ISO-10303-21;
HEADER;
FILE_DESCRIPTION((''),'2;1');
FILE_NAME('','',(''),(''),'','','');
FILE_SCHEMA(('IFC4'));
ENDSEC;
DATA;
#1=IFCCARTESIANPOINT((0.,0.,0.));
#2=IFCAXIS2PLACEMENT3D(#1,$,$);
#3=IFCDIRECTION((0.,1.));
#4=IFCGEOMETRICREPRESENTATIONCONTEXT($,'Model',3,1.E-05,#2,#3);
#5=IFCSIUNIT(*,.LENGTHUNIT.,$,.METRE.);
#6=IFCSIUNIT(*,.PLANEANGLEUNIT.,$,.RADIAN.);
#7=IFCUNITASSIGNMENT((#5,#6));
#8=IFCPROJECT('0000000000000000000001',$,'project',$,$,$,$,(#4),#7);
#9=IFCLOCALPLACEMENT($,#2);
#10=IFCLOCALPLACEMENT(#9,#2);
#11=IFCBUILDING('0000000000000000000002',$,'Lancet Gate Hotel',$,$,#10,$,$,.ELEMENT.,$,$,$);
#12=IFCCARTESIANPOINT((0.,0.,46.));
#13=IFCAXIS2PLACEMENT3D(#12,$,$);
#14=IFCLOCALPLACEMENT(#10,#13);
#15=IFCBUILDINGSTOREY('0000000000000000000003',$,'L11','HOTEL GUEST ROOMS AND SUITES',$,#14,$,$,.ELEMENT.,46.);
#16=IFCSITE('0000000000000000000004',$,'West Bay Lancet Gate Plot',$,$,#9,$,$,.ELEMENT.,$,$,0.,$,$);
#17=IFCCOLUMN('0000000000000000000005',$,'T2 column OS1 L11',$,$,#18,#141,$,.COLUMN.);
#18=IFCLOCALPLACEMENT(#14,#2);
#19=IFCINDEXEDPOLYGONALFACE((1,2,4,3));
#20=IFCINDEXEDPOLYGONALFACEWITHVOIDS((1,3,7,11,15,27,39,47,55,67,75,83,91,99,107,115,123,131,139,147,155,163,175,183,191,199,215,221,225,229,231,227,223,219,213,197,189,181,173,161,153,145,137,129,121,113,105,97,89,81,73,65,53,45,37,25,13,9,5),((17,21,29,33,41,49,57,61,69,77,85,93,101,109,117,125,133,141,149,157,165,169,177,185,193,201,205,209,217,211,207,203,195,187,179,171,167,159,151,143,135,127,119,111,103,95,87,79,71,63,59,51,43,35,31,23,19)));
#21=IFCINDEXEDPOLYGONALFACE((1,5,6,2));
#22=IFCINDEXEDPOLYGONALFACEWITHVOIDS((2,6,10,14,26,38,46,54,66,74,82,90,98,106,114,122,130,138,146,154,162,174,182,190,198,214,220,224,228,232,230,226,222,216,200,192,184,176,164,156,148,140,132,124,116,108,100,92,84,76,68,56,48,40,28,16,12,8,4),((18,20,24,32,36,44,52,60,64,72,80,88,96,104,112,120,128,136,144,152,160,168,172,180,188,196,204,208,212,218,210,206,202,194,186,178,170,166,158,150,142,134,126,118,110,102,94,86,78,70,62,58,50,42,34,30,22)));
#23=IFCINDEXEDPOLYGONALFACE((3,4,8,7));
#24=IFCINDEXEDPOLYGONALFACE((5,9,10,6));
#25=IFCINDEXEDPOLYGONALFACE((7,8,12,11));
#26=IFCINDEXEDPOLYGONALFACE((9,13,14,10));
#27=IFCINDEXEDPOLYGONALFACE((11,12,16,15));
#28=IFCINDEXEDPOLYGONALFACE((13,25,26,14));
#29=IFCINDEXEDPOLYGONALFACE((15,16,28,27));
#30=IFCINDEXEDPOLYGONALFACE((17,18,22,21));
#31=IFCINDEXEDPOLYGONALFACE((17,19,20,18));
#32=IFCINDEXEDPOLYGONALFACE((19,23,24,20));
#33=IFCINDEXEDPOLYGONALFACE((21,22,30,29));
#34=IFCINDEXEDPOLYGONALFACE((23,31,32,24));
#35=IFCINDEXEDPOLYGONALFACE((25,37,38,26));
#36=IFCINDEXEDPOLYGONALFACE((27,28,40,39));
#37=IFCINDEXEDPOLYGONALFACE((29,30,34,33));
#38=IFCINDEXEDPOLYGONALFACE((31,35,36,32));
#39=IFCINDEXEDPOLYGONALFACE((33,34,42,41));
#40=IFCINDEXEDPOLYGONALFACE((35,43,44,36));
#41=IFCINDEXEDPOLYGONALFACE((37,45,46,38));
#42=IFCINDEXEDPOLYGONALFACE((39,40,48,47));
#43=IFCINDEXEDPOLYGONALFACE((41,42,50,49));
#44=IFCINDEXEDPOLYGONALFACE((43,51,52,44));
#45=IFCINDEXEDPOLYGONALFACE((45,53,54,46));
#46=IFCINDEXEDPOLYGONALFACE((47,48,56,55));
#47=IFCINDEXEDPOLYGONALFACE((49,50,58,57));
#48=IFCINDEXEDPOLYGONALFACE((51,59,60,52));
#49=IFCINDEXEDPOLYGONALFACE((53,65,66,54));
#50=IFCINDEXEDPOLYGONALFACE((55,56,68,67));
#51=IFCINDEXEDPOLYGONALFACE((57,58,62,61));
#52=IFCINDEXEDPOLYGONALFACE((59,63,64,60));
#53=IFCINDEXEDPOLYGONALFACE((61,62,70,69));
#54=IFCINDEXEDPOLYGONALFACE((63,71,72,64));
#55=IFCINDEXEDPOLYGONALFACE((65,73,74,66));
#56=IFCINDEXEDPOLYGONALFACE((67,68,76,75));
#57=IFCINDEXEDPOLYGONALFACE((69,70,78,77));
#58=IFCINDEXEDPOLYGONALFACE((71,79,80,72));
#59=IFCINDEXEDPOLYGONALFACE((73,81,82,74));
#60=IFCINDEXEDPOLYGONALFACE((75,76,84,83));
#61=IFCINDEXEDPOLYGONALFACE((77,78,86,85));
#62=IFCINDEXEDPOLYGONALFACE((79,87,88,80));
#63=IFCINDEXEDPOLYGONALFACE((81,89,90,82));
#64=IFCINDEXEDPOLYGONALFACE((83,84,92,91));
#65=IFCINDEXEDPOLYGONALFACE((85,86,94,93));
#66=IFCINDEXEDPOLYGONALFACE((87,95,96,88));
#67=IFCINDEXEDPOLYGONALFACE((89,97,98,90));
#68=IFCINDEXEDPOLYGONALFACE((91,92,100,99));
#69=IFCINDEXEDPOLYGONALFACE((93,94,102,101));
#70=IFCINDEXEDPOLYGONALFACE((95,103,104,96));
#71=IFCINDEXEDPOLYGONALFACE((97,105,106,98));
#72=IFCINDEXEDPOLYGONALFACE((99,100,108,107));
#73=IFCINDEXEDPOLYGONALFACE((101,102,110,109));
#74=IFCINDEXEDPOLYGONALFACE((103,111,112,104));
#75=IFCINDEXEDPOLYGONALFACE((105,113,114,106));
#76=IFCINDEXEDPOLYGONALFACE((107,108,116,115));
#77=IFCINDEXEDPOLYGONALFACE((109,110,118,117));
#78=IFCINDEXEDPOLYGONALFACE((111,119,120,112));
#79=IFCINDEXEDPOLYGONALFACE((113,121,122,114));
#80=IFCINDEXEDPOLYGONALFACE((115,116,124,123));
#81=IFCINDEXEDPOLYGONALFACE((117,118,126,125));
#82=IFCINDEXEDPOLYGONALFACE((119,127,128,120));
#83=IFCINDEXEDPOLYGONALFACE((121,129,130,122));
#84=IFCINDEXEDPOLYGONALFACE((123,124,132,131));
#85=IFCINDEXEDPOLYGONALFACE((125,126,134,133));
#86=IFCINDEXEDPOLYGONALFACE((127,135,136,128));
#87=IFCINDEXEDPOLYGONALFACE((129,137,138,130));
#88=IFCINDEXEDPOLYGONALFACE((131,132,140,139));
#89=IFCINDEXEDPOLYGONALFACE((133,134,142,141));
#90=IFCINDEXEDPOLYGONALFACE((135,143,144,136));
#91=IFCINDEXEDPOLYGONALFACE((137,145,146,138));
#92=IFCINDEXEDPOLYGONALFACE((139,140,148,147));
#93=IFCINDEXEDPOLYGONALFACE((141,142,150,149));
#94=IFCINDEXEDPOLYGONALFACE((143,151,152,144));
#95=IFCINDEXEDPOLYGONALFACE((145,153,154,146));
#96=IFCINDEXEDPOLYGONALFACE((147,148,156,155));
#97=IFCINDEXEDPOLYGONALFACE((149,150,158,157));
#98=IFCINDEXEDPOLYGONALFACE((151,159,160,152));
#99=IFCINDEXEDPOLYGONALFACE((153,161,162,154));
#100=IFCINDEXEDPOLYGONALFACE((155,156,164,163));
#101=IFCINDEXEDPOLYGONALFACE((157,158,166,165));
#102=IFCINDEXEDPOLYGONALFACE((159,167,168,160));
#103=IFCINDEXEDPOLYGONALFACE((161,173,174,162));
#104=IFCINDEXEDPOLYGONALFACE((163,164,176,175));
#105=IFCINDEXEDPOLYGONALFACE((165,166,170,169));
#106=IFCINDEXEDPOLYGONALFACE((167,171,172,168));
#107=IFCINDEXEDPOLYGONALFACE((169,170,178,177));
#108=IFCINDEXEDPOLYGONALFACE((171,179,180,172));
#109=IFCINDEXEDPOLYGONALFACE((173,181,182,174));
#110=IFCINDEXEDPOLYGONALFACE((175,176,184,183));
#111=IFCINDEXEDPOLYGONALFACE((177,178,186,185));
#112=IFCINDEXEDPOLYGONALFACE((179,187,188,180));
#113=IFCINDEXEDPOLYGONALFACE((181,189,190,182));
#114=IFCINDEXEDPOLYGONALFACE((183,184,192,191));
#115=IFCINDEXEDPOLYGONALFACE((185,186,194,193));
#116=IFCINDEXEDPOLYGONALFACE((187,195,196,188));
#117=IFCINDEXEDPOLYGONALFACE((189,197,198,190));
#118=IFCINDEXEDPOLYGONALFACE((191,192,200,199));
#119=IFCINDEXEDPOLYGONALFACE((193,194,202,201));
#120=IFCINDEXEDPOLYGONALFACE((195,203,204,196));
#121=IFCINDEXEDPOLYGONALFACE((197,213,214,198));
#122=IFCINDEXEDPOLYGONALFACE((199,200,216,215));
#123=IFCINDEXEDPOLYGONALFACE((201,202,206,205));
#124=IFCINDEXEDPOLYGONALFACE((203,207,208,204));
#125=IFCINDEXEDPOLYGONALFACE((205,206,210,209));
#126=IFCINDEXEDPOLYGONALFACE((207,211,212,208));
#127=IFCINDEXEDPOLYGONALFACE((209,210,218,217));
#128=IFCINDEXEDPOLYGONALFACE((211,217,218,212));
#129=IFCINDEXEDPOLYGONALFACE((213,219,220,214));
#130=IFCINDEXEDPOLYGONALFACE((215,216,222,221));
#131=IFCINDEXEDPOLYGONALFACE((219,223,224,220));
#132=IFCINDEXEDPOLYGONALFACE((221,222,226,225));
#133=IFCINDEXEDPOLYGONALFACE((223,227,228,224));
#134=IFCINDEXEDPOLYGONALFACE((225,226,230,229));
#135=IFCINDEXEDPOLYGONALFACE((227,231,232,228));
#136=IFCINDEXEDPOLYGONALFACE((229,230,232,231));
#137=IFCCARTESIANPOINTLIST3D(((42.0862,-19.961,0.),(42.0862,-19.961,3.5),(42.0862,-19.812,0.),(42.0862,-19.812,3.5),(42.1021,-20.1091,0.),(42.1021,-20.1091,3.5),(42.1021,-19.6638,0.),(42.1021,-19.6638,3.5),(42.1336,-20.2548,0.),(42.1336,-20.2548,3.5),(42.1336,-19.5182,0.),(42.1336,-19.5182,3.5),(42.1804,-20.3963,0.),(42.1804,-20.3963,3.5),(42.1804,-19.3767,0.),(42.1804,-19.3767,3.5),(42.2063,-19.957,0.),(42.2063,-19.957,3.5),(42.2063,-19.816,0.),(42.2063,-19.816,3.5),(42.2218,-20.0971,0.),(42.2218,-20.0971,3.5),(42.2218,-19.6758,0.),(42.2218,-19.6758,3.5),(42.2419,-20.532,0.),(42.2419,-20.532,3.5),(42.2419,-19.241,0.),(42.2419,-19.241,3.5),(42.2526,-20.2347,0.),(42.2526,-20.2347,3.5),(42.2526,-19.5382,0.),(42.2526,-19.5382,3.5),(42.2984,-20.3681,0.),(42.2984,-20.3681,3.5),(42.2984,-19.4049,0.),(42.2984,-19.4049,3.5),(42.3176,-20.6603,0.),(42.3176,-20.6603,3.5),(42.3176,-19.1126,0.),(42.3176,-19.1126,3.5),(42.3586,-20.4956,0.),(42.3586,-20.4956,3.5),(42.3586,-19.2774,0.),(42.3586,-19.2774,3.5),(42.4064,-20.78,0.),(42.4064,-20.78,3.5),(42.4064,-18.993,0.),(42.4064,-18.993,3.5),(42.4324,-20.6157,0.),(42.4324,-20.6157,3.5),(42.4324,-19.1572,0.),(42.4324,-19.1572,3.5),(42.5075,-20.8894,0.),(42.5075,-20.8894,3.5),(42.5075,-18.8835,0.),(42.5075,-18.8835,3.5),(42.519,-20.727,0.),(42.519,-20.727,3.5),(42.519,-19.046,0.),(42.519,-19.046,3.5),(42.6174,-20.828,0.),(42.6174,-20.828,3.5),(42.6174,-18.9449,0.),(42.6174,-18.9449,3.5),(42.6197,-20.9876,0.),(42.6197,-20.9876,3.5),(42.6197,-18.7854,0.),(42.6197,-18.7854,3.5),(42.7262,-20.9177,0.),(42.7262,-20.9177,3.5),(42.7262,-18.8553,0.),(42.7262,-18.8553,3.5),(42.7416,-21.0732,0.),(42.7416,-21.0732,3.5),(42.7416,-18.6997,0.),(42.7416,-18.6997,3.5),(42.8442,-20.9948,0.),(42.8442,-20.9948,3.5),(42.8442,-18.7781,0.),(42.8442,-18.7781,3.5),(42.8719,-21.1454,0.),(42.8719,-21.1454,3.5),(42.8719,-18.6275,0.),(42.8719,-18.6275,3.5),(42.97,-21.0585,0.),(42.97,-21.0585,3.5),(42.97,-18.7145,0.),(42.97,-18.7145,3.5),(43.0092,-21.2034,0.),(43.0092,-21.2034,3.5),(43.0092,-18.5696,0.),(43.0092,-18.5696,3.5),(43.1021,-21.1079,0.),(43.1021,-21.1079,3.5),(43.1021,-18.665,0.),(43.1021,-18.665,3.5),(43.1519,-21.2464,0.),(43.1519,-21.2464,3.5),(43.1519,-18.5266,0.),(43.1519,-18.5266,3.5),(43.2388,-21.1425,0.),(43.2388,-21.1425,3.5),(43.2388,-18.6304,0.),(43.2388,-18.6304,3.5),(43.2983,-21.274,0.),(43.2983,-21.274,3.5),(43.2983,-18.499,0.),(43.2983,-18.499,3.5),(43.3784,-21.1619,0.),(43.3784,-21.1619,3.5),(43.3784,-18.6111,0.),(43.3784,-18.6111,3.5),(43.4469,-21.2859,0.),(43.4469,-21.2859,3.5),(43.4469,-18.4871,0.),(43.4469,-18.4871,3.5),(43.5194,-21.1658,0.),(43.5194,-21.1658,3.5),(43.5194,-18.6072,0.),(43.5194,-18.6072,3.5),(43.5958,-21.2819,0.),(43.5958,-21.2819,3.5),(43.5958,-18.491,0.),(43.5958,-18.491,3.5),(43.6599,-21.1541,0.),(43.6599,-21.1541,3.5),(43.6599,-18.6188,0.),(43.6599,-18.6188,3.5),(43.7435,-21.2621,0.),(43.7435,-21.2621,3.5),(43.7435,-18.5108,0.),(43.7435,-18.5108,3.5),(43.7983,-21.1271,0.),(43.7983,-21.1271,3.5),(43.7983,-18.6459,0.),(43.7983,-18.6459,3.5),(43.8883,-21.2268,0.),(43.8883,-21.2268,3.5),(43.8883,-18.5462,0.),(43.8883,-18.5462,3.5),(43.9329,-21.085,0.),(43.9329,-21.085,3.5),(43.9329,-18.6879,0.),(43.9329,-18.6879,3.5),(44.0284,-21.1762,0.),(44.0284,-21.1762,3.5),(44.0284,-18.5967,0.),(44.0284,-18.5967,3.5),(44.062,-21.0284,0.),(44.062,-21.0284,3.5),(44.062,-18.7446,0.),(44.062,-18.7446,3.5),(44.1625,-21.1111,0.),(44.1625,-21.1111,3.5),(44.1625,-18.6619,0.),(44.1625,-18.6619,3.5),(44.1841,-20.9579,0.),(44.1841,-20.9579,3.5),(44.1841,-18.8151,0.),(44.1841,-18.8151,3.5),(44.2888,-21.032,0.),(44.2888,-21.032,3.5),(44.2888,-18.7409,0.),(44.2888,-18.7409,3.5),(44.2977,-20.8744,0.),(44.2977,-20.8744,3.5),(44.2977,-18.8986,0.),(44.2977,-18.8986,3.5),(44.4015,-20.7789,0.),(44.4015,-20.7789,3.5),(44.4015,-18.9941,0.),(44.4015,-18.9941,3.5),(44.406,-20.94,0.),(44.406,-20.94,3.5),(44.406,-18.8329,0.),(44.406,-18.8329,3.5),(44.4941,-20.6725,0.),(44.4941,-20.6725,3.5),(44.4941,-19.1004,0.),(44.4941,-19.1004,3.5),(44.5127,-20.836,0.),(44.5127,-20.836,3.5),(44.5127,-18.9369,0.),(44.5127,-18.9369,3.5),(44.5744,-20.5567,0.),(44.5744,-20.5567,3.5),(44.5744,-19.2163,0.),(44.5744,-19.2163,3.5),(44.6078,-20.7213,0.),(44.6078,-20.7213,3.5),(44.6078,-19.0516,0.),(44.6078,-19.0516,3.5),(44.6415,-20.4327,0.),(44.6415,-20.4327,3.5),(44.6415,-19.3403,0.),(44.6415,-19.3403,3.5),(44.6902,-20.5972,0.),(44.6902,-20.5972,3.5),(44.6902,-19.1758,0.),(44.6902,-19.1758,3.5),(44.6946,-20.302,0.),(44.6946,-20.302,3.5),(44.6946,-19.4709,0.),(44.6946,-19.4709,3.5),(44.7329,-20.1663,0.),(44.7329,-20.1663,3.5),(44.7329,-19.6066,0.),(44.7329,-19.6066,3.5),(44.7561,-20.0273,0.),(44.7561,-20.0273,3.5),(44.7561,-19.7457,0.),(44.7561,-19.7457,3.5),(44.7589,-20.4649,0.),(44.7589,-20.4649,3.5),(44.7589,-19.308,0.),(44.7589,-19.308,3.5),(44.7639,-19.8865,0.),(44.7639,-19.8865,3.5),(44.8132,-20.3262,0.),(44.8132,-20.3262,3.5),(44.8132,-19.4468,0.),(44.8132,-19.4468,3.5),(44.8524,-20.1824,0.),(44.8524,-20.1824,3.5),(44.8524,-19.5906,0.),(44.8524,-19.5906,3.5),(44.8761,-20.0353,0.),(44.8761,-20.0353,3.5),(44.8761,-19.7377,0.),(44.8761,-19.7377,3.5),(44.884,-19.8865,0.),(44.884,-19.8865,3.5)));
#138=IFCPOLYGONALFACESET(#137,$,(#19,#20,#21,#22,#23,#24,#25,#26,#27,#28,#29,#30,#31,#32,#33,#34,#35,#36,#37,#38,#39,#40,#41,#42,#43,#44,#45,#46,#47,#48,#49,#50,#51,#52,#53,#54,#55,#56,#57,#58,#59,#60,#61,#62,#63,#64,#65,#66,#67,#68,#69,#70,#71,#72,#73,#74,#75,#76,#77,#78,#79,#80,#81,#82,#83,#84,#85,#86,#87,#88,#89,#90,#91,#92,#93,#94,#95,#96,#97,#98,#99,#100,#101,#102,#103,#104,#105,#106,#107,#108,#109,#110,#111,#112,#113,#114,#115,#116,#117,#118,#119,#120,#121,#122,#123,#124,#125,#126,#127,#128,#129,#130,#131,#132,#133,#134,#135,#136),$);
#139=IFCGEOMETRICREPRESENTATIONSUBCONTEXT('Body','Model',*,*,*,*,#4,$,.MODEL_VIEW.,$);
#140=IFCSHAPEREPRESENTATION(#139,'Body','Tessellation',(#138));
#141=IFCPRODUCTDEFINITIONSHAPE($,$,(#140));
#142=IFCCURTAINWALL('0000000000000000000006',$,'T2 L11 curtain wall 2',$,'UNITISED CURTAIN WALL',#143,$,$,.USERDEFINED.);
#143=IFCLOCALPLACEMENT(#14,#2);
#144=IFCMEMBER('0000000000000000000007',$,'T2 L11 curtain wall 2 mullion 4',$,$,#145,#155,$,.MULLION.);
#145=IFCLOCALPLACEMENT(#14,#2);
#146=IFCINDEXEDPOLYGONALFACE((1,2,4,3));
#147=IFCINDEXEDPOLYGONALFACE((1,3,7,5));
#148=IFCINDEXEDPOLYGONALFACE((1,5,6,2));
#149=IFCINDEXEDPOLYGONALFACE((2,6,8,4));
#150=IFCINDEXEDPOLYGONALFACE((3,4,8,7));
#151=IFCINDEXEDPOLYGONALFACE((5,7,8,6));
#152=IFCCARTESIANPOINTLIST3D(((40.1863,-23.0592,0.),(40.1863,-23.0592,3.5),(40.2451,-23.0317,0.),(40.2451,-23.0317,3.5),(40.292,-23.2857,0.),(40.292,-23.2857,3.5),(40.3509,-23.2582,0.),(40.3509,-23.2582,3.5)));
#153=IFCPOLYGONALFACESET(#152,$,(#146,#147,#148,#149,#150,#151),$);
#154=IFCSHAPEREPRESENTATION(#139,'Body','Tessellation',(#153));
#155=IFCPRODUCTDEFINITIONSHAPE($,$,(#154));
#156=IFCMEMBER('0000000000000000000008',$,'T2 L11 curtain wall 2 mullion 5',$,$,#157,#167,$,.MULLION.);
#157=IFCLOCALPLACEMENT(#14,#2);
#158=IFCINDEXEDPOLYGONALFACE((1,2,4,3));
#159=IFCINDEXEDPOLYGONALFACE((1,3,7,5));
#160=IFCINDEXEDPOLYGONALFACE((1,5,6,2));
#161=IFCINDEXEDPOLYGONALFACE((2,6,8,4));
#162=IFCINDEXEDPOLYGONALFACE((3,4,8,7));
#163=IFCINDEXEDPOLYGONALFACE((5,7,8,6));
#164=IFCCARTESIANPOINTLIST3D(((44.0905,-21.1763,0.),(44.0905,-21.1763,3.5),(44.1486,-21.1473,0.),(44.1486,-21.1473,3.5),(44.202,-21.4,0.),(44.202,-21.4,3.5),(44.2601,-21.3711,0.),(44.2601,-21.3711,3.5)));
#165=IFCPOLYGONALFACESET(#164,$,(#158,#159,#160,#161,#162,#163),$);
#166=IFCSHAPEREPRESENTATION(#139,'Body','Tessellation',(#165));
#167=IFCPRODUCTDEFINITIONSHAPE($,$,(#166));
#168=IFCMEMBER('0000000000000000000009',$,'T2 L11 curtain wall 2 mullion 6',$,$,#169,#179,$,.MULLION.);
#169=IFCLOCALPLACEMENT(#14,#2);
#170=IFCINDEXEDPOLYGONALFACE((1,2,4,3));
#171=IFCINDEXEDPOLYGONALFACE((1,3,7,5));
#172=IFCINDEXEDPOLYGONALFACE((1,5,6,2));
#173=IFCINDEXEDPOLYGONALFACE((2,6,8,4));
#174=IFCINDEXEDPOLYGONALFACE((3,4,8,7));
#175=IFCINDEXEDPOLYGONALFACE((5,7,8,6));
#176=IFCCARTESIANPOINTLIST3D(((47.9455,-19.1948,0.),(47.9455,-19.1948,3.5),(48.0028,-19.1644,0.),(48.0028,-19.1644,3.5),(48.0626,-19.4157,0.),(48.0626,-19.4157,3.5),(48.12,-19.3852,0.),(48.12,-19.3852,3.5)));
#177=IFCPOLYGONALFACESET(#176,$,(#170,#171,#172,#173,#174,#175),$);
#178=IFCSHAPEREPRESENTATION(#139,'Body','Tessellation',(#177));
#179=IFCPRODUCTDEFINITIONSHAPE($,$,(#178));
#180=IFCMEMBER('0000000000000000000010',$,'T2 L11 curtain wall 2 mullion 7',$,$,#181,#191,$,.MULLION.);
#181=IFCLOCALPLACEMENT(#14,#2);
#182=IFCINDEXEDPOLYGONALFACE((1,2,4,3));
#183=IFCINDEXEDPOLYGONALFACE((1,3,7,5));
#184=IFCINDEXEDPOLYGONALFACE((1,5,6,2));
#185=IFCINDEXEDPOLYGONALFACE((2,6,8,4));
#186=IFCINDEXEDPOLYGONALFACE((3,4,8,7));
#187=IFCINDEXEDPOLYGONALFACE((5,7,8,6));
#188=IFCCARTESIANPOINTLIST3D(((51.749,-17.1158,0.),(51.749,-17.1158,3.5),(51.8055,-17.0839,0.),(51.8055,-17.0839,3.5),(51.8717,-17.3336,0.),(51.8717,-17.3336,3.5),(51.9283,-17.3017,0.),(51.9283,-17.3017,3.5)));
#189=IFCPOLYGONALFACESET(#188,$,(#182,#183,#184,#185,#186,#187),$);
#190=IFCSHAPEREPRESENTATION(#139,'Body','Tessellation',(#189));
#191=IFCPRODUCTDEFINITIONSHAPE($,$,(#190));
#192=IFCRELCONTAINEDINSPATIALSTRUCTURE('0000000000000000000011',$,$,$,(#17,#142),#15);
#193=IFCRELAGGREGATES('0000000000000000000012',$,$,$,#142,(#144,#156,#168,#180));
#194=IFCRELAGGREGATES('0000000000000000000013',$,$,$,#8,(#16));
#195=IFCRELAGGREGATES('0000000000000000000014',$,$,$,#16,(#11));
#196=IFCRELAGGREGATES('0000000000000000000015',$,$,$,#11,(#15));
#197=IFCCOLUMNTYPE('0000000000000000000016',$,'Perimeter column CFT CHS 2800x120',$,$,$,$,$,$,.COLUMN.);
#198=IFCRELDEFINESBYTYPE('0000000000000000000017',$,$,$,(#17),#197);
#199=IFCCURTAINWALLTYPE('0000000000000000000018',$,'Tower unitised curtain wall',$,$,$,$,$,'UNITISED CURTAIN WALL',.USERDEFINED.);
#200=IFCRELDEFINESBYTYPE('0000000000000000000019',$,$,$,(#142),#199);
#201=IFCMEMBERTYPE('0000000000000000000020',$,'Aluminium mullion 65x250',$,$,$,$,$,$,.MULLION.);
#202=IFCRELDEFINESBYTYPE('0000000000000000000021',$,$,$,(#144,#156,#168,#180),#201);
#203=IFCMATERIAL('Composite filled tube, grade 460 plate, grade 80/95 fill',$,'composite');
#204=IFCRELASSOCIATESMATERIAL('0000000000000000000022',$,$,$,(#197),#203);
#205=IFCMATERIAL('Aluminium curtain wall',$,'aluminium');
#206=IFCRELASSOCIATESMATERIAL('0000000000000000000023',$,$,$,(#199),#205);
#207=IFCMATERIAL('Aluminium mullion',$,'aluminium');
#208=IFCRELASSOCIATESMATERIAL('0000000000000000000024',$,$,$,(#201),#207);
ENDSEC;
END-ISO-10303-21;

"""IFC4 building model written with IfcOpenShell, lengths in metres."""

from ifc_helpers import new_model, si_unit, direction, frame, origin, origin_2d, place, context, subcontext, project, spatial, rectangle, hollow_circle, extrude, material, material_profile, profile_set, type_object, element, aggregate, save


model = new_model("IFC4")

# Units and contexts
model_context = context("Model", 3, precision=1e-05, world=origin(), true_north=direction((0.0, 1.0)))
body_context = subcontext(model_context, "Body", "Model", "MODEL_VIEW")
ifc_project = project(units=[si_unit("LENGTHUNIT", "METRE"), si_unit("PLANEANGLEUNIT", "RADIAN")], contexts=[model_context])

# Site, building, storey
site_placement = place(None, origin())
site = spatial("IfcSite", under=ifc_project, at=site_placement, Name="West Bay Lancet Gate Plot", CompositionType="ELEMENT", RefElevation=0.0)
building_placement = place(site_placement, origin())
building = spatial("IfcBuilding", under=site, at=building_placement, Name="Lancet Gate Hotel", CompositionType="ELEMENT")
storey_placement = place(building_placement, frame((0.0, 0.0, 46.0)))
storey = spatial("IfcBuildingStorey", under=building, at=storey_placement, Name="L11", Description="HOTEL GUEST ROOMS AND SUITES", CompositionType="ELEMENT", Elevation=46.0)

# Column
ifc_material_1 = material(Name="Composite filled tube, grade 460 plate, grade 80/95 fill", Category="composite")
ifc_material_profile_1 = material_profile(ifc_material_1, hollow_circle(Radius=1.3999, WallThickness=0.1201, at=origin_2d()), Name="CHS 2800x120")
ifc_profile_set_1 = profile_set([ifc_material_profile_1], Name="Composite filled tube, grade 460 plate, grade 80/95 fill")
column_type = type_object("IfcColumnType", Name="Perimeter column CFT CHS 2800x120", PredefinedType="COLUMN", material=ifc_profile_set_1)
column_placement = place(storey_placement, frame((43.4841, -19.8865, 0.0), z_axis=(0.0, 0.0, 1.0), x_axis=(1.0, 0.0, 0.0)))
element("IfcColumn", 1, at=column_placement, inside=storey, type_object=column_type, Name="T2 column OS1 L11", PredefinedType="COLUMN", context=body_context, shape_type="SweptSolid", body=[
    extrude(hollow_circle(Radius=1.3999, WallThickness=0.1201, at=origin_2d()), origin(), (0.0, 0.0, 1.0), 3.5),
])

# Curtain wall, members
ifc_material_2 = material(Name="Aluminium curtain wall", Category="aluminium")
curtain_wall_type = type_object("IfcCurtainWallType", Name="Tower unitised curtain wall", ElementType="UNITISED CURTAIN WALL", PredefinedType="USERDEFINED", material=ifc_material_2)
curtain_wall_placement = place(storey_placement, origin())
curtain_wall = element("IfcCurtainWall", 2, at=curtain_wall_placement, inside=storey, type_object=curtain_wall_type, Name="T2 L11 curtain wall 2", ObjectType="UNITISED CURTAIN WALL", PredefinedType="USERDEFINED")
ifc_material_3 = material(Name="Aluminium mullion", Category="aluminium")
ifc_material_profile_2 = material_profile(ifc_material_3, rectangle(XDim=0.0649, YDim=0.25, at=origin_2d()), Name="MULLION 65x250")
ifc_profile_set_2 = profile_set([ifc_material_profile_2], Name="Aluminium mullion")
member_type_1 = type_object("IfcMemberType", Name="Aluminium mullion 65x250", PredefinedType="MULLION", material=ifc_profile_set_2)
member_1_placement = place(storey_placement, frame((40.2686, -23.1587, 0.0), z_axis=(0.0, 0.0, 1.0), x_axis=(0.906105, 0.423053, 0.0)))
member_1 = element("IfcMember", 3, at=member_1_placement, type_object=member_type_1, Name="T2 L11 curtain wall 2 mullion 4", PredefinedType="MULLION", context=body_context, shape_type="SweptSolid", body=[
    extrude(rectangle(XDim=0.0649, YDim=0.25, at=origin_2d()), origin(), (0.0, 0.0, 1.0), 3.5),
])
member_2_placement = place(storey_placement, frame((44.1753, -21.2737, 0.0), z_axis=(0.0, 0.0, 1.0), x_axis=(0.895044, 0.445978, 0.0)))
member_2 = element("IfcMember", 4, at=member_2_placement, type_object=member_type_1, Name="T2 L11 curtain wall 2 mullion 5", PredefinedType="MULLION", context=body_context, shape_type="SweptSolid", body=[
    extrude(rectangle(XDim=0.0649, YDim=0.25, at=origin_2d()), origin(), (0.0, 0.0, 1.0), 3.5),
])
member_3_placement = place(storey_placement, frame((48.0327, -19.29, 0.0), z_axis=(0.0, 0.0, 1.0), x_axis=(0.883403, 0.468613, 0.0)))
member_3 = element("IfcMember", 5, at=member_3_placement, type_object=member_type_1, Name="T2 L11 curtain wall 2 mullion 6", PredefinedType="MULLION", context=body_context, shape_type="SweptSolid", body=[
    extrude(rectangle(XDim=0.0649, YDim=0.25, at=origin_2d()), origin(), (0.0, 0.0, 1.0), 3.5),
])
member_4_placement = place(storey_placement, frame((51.8386, -17.2087, 0.0), z_axis=(0.0, 0.0, 1.0), x_axis=(0.87119, 0.490945, 0.0)))
member_4 = element("IfcMember", 6, at=member_4_placement, type_object=member_type_1, Name="T2 L11 curtain wall 2 mullion 7", PredefinedType="MULLION", context=body_context, shape_type="SweptSolid", body=[
    extrude(rectangle(XDim=0.0649, YDim=0.25, at=origin_2d()), origin(), (0.0, 0.0, 1.0), 3.5),
])

aggregate(curtain_wall, [member_1, member_2, member_3, member_4])

save(model, "model.ifc")
